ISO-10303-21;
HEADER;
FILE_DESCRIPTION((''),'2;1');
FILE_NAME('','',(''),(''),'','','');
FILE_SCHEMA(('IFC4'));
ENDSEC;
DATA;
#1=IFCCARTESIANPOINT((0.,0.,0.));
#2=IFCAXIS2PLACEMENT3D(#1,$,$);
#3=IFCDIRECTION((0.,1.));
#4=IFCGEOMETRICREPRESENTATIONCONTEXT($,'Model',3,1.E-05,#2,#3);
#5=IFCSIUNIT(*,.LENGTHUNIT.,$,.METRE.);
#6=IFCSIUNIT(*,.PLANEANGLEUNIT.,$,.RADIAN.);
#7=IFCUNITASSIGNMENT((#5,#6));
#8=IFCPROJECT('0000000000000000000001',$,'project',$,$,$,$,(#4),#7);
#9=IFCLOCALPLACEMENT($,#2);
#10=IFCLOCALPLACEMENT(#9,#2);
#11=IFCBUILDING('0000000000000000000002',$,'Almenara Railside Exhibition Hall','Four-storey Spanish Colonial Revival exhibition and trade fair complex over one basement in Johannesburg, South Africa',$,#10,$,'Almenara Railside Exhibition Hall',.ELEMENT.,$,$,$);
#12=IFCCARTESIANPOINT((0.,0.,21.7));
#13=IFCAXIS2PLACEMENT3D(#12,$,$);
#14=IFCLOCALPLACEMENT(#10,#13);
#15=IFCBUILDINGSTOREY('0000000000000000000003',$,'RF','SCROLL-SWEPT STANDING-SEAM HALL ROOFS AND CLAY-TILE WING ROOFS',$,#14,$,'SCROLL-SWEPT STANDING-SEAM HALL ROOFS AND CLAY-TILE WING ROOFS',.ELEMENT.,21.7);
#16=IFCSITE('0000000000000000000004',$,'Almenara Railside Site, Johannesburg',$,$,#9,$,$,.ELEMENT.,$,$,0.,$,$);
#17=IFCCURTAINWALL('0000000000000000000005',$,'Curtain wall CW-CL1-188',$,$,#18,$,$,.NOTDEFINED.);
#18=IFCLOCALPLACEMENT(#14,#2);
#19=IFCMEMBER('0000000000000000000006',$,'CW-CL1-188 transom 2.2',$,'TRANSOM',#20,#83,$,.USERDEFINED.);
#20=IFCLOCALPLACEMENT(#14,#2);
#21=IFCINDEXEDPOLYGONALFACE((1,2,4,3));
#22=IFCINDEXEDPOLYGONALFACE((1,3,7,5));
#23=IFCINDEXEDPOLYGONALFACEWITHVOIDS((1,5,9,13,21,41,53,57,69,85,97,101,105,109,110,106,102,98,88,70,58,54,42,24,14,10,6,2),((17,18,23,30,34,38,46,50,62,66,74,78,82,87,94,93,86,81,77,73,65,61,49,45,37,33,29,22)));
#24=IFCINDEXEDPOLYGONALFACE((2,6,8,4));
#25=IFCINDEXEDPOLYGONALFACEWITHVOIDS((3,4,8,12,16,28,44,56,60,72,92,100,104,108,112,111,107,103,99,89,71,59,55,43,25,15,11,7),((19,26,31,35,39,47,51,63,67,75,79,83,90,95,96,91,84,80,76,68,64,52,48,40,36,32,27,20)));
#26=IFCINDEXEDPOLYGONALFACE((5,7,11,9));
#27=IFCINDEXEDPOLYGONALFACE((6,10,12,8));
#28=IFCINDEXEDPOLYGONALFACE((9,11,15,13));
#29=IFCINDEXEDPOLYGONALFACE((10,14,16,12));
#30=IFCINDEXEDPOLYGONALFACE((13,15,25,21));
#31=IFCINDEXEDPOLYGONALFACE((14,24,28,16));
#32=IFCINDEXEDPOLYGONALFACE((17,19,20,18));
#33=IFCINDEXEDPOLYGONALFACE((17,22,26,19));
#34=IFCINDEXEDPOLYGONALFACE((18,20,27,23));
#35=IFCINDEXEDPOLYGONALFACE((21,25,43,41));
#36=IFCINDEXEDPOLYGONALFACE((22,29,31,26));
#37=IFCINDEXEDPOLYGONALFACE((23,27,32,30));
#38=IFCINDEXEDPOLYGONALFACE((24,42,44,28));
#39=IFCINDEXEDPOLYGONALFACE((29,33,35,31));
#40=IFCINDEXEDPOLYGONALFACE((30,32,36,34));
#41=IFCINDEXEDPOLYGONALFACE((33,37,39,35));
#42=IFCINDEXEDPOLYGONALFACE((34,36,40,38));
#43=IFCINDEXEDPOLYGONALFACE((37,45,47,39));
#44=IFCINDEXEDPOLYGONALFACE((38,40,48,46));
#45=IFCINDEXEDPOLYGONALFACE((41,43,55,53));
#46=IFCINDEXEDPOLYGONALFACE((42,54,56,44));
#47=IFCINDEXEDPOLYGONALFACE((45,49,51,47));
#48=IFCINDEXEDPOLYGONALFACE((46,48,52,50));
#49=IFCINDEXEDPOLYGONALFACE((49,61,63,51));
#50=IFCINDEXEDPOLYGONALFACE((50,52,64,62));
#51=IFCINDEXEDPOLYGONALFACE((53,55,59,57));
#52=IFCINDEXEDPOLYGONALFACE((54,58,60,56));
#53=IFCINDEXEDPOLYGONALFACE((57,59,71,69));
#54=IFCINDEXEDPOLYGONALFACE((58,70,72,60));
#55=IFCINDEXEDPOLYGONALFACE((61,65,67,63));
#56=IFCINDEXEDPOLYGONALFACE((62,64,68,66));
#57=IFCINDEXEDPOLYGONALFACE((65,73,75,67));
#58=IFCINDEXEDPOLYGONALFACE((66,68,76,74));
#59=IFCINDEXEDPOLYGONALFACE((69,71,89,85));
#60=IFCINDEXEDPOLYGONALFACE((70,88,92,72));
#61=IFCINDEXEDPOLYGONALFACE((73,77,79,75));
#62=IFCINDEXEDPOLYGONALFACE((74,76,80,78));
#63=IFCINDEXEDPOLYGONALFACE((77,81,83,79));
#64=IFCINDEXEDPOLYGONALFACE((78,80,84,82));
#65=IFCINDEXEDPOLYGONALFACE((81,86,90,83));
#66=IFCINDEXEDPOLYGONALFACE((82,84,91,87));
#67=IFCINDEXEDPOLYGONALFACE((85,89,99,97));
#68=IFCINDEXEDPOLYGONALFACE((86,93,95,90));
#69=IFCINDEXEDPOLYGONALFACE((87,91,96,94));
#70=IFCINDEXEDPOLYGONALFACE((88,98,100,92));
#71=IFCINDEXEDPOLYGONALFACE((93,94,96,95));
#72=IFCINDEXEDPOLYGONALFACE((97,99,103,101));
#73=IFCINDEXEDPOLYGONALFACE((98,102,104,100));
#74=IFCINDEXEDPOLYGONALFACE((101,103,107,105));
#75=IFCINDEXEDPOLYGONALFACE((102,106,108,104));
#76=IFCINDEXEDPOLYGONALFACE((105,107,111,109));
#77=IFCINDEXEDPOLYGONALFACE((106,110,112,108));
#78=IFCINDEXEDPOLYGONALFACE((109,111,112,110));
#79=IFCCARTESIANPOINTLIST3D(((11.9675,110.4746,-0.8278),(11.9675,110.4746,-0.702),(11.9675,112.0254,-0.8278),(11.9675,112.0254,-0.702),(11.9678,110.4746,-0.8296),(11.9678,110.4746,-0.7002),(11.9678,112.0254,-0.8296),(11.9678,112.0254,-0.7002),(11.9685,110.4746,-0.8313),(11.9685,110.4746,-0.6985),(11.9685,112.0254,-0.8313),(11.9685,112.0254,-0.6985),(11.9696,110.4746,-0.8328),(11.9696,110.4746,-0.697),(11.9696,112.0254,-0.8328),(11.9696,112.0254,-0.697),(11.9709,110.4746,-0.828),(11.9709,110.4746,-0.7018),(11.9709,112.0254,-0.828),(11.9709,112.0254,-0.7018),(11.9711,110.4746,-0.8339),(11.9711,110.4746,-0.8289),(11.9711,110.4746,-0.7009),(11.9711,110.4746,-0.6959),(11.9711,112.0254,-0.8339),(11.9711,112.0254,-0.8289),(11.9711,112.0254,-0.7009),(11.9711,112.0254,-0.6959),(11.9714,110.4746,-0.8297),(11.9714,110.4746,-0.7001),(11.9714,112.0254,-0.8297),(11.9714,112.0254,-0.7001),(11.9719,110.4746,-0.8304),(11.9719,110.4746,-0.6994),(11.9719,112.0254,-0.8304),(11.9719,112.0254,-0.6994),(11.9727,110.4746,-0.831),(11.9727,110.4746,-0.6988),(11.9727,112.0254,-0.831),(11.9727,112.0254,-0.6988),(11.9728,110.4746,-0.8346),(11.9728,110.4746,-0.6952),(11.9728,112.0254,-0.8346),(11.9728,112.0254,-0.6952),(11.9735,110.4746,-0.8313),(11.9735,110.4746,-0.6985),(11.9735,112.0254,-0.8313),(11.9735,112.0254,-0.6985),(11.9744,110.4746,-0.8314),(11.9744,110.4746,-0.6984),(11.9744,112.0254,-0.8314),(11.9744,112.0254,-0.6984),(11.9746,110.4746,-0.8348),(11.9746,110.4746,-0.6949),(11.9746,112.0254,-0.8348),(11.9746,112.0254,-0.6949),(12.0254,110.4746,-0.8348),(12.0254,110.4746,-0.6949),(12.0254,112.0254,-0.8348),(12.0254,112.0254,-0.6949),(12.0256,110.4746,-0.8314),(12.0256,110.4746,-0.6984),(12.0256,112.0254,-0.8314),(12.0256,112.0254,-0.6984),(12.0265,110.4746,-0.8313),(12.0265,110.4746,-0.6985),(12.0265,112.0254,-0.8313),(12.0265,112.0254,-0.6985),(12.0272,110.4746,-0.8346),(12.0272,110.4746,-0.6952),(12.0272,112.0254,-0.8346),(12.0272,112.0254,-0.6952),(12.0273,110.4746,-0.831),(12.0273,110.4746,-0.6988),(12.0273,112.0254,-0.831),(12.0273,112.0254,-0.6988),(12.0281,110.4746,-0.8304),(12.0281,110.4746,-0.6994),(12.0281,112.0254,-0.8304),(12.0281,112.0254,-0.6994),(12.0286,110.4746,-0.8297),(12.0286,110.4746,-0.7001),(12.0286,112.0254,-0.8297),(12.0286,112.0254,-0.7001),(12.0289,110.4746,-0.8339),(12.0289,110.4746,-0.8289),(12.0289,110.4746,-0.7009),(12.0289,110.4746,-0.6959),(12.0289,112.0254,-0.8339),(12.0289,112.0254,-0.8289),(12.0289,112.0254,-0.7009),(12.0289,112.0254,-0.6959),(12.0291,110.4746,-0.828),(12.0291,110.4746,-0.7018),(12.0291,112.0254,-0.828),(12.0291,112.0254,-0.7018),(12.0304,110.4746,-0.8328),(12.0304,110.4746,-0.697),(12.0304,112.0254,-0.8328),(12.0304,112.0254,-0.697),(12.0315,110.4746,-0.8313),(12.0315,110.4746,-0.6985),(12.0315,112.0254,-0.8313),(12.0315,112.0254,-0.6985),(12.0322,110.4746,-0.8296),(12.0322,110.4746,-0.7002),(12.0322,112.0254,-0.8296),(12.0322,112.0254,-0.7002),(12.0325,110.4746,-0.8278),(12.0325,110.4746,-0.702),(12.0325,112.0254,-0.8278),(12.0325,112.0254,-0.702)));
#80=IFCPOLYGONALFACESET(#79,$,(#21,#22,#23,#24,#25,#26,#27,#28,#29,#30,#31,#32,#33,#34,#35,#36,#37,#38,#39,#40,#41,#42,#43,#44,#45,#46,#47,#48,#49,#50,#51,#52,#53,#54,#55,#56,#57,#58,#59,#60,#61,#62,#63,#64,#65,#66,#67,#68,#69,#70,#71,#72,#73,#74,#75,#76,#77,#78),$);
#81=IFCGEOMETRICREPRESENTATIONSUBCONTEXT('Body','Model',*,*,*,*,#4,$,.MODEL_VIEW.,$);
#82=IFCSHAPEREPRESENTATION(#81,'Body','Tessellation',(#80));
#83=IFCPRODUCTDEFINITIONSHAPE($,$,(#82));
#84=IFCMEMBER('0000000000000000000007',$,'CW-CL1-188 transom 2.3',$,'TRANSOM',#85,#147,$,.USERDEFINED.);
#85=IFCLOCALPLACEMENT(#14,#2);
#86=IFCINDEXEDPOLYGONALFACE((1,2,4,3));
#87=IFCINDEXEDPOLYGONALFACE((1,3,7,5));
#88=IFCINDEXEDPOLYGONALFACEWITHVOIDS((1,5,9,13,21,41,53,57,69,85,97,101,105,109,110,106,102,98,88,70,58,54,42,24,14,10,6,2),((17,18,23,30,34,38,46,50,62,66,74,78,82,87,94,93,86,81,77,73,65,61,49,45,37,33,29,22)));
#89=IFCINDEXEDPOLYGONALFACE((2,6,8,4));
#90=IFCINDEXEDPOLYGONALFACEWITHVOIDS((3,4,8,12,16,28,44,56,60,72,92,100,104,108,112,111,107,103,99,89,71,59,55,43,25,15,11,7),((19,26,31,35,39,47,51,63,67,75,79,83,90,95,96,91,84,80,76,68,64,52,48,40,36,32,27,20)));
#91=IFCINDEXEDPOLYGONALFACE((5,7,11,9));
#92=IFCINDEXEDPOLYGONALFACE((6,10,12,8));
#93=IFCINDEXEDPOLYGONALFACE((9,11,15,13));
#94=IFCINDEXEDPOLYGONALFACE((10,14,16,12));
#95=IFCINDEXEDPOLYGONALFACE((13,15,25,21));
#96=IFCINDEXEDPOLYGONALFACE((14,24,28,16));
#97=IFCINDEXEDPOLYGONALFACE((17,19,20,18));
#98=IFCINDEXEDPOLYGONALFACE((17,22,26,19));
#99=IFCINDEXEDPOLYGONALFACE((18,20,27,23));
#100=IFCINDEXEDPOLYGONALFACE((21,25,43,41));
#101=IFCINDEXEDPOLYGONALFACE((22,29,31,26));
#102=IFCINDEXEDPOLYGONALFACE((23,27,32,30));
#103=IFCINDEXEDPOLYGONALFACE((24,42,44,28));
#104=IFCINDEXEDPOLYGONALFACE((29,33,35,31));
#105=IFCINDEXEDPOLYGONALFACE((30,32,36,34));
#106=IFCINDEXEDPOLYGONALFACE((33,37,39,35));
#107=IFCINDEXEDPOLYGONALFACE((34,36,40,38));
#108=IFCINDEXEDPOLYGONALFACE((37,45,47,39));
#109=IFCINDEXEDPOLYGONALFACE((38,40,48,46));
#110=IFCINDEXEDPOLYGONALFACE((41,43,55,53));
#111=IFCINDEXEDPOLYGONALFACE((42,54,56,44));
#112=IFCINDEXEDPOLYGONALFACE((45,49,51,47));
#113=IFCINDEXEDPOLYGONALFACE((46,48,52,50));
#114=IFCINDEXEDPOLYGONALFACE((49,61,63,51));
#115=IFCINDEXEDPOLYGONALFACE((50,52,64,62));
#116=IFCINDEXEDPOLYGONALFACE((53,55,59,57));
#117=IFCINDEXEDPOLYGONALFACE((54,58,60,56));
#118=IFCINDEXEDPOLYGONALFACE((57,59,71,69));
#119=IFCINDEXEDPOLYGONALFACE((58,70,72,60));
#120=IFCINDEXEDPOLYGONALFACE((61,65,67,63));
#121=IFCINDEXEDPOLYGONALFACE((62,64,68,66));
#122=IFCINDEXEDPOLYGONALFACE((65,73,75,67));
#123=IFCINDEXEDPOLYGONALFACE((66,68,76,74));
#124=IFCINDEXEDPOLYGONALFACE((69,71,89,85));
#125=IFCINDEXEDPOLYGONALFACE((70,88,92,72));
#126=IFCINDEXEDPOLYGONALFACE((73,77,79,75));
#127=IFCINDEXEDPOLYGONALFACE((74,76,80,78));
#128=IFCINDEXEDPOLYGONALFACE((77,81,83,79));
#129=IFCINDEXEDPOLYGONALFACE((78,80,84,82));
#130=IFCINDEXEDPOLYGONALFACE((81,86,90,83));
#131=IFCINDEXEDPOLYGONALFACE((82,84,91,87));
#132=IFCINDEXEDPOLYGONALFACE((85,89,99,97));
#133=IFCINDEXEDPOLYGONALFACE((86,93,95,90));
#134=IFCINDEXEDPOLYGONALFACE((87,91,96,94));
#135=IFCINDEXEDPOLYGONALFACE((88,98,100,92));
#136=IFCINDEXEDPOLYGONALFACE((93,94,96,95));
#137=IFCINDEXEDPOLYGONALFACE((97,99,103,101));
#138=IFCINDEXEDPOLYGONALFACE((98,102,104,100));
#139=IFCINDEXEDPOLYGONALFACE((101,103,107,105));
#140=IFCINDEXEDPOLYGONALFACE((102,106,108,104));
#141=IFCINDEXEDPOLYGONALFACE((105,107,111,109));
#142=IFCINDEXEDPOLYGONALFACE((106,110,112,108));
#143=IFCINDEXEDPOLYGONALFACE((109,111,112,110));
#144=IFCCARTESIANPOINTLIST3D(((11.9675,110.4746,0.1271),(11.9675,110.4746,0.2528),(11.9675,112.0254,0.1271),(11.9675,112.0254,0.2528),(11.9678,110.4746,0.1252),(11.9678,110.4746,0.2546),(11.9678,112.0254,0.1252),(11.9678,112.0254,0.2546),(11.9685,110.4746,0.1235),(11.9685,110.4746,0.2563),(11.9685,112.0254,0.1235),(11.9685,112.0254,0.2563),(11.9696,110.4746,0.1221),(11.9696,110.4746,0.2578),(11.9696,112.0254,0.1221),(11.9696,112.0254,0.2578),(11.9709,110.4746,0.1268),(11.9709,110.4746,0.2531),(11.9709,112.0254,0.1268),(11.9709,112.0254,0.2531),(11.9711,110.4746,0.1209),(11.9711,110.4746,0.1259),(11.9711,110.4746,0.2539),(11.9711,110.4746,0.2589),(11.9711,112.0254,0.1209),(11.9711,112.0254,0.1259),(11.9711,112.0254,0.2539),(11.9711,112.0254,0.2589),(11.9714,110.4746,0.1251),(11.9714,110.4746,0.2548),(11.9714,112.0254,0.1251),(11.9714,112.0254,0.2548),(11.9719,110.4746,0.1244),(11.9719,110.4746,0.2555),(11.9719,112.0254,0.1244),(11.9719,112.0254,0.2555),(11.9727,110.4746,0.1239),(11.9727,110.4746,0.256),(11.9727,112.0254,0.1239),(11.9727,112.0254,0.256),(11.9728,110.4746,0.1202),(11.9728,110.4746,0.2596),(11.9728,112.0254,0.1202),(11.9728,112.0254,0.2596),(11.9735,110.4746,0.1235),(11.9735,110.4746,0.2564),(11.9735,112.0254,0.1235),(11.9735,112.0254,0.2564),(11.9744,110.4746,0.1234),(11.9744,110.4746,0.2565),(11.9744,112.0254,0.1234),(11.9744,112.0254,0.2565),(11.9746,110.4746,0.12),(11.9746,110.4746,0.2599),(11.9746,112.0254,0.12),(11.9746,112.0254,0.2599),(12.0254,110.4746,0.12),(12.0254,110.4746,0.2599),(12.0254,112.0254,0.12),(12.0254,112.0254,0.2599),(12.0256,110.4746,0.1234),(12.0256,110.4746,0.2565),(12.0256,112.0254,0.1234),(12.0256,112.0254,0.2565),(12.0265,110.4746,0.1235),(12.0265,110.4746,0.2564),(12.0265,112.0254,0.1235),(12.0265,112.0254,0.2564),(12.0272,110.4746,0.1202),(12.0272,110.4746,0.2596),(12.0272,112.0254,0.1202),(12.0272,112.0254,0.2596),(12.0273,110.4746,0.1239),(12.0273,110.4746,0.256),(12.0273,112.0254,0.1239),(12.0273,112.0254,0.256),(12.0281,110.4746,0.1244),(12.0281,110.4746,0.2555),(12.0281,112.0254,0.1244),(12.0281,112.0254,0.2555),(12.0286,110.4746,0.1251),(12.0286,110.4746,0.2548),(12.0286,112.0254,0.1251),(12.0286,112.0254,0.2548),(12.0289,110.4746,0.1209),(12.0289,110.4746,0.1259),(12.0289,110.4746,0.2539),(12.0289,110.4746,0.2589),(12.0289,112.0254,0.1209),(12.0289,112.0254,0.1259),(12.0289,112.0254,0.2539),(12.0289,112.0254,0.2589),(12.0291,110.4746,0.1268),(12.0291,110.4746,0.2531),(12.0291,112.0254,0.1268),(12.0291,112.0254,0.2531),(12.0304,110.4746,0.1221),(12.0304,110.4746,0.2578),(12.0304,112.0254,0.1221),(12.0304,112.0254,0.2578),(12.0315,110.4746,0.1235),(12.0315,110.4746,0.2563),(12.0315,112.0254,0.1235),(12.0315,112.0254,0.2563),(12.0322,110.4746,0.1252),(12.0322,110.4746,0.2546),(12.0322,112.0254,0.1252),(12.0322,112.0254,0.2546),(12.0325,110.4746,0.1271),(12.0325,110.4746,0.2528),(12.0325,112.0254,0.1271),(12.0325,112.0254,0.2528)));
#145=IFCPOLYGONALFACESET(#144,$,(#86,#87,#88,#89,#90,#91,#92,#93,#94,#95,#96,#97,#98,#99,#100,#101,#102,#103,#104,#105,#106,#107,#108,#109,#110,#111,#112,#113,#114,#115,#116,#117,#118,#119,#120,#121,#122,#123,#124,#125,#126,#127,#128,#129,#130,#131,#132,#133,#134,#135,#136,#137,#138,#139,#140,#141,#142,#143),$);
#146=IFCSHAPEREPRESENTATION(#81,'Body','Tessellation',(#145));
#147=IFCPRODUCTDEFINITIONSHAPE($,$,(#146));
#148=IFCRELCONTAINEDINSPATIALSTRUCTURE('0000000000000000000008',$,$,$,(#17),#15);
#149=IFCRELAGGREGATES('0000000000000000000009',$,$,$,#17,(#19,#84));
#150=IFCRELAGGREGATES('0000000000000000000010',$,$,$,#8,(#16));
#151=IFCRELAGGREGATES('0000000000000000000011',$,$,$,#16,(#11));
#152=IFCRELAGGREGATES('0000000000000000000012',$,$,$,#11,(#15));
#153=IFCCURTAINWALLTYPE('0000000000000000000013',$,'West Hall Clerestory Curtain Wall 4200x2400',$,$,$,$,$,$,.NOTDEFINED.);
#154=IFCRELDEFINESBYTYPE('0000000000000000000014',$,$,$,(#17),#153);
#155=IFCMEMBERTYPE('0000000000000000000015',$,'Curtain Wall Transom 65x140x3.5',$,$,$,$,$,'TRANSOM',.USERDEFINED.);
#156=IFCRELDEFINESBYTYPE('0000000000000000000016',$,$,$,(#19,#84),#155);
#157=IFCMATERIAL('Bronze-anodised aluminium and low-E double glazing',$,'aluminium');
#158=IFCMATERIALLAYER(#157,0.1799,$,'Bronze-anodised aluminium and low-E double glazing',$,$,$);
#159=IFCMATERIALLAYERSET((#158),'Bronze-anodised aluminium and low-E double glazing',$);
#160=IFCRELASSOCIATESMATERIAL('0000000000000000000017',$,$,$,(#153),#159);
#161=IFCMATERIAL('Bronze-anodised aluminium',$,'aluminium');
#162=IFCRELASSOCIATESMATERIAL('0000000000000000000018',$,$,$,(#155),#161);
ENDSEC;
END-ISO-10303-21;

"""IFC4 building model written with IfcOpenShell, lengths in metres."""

from ifc_helpers import new_model, si_unit, direction, frame, origin, origin_2d, place, context, subcontext, project, spatial, hollow_rectangle, extrude, material, layer, layer_set, material_profile, profile_set, type_object, element, aggregate, save


model = new_model("IFC4")

# Units and contexts
model_context = context("Model", 3, precision=1e-05, world=origin(), true_north=direction((0.0, 1.0)))
body_context = subcontext(model_context, "Body", "Model", "MODEL_VIEW")
ifc_project = project(units=[si_unit("LENGTHUNIT", "METRE"), si_unit("PLANEANGLEUNIT", "RADIAN")], contexts=[model_context])

# Site, building, storey
site_placement = place(None, origin())
site = spatial("IfcSite", under=ifc_project, at=site_placement, Name="Almenara Railside Site, Johannesburg", CompositionType="ELEMENT", RefElevation=0.0)
building_placement = place(site_placement, origin())
building = spatial("IfcBuilding", under=site, at=building_placement, Name="Almenara Railside Exhibition Hall", Description="Four-storey Spanish Colonial Revival exhibition and trade fair complex over one basement in Johannesburg, South Africa", LongName="Almenara Railside Exhibition Hall", CompositionType="ELEMENT")
storey_placement = place(building_placement, frame((0.0, 0.0, 21.7)))
storey = spatial("IfcBuildingStorey", under=building, at=storey_placement, Name="RF", Description="SCROLL-SWEPT STANDING-SEAM HALL ROOFS AND CLAY-TILE WING ROOFS", LongName="SCROLL-SWEPT STANDING-SEAM HALL ROOFS AND CLAY-TILE WING ROOFS", CompositionType="ELEMENT", Elevation=21.7)

# Curtain wall
ifc_material_1 = material(Name="Bronze-anodised aluminium and low-E double glazing", Category="aluminium")
ifc_layer_1 = layer(ifc_material_1, 0.1799, Name="Bronze-anodised aluminium and low-E double glazing")
ifc_layer_set_1 = layer_set([ifc_layer_1], Name="Bronze-anodised aluminium and low-E double glazing")
curtain_wall_type = type_object("IfcCurtainWallType", Name="West Hall Clerestory Curtain Wall 4200x2400", PredefinedType="NOTDEFINED", material=ifc_layer_set_1)
ifc_material_2 = material(Name="Bronze-anodised aluminium", Category="aluminium")
curtain_wall_1_placement = place(storey_placement, origin())
curtain_wall_1 = element("IfcCurtainWall", 1, at=curtain_wall_1_placement, inside=storey, type_object=curtain_wall_type, Name="Curtain wall CW-CL1-188", PredefinedType="NOTDEFINED")

# Members
ifc_material_profile_1 = material_profile(ifc_material_2, hollow_rectangle(XDim=0.0649, YDim=0.1399, WallThickness=0.0034, InnerFilletRadius=0.0034, OuterFilletRadius=0.0071, at=origin_2d()), Name="ALU-TRN 65x140x3.5")
ifc_profile_set_1 = profile_set([ifc_material_profile_1], Name="Bronze-anodised aluminium")
member_type_1 = type_object("IfcMemberType", Name="Curtain Wall Transom 65x140x3.5", ElementType="TRANSOM", PredefinedType="USERDEFINED", material=ifc_profile_set_1)
member_1_placement = place(storey_placement, frame((12.0, 110.4746, -0.7649), z_axis=(0.0, 1.0, 0.0), x_axis=(-1.0, 0.0, 0.0)))
member_1 = element("IfcMember", 2, at=member_1_placement, type_object=member_type_1, Name="CW-CL1-188 transom 2.2", ObjectType="TRANSOM", PredefinedType="USERDEFINED", context=body_context, shape_type="SweptSolid", body=[
    extrude(hollow_rectangle(XDim=0.0649, YDim=0.1399, WallThickness=0.0034, InnerFilletRadius=0.0034, OuterFilletRadius=0.0071, at=origin_2d()), origin(), (0.0, 0.0, 1.0), 1.5508),
])
member_2_placement = place(storey_placement, frame((12.0, 110.4746, 0.1899), z_axis=(0.0, 1.0, 0.0), x_axis=(-1.0, 0.0, 0.0)))
member_2 = element("IfcMember", 3, at=member_2_placement, type_object=member_type_1, Name="CW-CL1-188 transom 2.3", ObjectType="TRANSOM", PredefinedType="USERDEFINED", context=body_context, shape_type="SweptSolid", body=[
    extrude(hollow_rectangle(XDim=0.0649, YDim=0.1399, WallThickness=0.0034, InnerFilletRadius=0.0034, OuterFilletRadius=0.0071, at=origin_2d()), origin(), (0.0, 0.0, 1.0), 1.5508),
])

aggregate(curtain_wall_1, [member_1, member_2])

save(model, "model.ifc")
